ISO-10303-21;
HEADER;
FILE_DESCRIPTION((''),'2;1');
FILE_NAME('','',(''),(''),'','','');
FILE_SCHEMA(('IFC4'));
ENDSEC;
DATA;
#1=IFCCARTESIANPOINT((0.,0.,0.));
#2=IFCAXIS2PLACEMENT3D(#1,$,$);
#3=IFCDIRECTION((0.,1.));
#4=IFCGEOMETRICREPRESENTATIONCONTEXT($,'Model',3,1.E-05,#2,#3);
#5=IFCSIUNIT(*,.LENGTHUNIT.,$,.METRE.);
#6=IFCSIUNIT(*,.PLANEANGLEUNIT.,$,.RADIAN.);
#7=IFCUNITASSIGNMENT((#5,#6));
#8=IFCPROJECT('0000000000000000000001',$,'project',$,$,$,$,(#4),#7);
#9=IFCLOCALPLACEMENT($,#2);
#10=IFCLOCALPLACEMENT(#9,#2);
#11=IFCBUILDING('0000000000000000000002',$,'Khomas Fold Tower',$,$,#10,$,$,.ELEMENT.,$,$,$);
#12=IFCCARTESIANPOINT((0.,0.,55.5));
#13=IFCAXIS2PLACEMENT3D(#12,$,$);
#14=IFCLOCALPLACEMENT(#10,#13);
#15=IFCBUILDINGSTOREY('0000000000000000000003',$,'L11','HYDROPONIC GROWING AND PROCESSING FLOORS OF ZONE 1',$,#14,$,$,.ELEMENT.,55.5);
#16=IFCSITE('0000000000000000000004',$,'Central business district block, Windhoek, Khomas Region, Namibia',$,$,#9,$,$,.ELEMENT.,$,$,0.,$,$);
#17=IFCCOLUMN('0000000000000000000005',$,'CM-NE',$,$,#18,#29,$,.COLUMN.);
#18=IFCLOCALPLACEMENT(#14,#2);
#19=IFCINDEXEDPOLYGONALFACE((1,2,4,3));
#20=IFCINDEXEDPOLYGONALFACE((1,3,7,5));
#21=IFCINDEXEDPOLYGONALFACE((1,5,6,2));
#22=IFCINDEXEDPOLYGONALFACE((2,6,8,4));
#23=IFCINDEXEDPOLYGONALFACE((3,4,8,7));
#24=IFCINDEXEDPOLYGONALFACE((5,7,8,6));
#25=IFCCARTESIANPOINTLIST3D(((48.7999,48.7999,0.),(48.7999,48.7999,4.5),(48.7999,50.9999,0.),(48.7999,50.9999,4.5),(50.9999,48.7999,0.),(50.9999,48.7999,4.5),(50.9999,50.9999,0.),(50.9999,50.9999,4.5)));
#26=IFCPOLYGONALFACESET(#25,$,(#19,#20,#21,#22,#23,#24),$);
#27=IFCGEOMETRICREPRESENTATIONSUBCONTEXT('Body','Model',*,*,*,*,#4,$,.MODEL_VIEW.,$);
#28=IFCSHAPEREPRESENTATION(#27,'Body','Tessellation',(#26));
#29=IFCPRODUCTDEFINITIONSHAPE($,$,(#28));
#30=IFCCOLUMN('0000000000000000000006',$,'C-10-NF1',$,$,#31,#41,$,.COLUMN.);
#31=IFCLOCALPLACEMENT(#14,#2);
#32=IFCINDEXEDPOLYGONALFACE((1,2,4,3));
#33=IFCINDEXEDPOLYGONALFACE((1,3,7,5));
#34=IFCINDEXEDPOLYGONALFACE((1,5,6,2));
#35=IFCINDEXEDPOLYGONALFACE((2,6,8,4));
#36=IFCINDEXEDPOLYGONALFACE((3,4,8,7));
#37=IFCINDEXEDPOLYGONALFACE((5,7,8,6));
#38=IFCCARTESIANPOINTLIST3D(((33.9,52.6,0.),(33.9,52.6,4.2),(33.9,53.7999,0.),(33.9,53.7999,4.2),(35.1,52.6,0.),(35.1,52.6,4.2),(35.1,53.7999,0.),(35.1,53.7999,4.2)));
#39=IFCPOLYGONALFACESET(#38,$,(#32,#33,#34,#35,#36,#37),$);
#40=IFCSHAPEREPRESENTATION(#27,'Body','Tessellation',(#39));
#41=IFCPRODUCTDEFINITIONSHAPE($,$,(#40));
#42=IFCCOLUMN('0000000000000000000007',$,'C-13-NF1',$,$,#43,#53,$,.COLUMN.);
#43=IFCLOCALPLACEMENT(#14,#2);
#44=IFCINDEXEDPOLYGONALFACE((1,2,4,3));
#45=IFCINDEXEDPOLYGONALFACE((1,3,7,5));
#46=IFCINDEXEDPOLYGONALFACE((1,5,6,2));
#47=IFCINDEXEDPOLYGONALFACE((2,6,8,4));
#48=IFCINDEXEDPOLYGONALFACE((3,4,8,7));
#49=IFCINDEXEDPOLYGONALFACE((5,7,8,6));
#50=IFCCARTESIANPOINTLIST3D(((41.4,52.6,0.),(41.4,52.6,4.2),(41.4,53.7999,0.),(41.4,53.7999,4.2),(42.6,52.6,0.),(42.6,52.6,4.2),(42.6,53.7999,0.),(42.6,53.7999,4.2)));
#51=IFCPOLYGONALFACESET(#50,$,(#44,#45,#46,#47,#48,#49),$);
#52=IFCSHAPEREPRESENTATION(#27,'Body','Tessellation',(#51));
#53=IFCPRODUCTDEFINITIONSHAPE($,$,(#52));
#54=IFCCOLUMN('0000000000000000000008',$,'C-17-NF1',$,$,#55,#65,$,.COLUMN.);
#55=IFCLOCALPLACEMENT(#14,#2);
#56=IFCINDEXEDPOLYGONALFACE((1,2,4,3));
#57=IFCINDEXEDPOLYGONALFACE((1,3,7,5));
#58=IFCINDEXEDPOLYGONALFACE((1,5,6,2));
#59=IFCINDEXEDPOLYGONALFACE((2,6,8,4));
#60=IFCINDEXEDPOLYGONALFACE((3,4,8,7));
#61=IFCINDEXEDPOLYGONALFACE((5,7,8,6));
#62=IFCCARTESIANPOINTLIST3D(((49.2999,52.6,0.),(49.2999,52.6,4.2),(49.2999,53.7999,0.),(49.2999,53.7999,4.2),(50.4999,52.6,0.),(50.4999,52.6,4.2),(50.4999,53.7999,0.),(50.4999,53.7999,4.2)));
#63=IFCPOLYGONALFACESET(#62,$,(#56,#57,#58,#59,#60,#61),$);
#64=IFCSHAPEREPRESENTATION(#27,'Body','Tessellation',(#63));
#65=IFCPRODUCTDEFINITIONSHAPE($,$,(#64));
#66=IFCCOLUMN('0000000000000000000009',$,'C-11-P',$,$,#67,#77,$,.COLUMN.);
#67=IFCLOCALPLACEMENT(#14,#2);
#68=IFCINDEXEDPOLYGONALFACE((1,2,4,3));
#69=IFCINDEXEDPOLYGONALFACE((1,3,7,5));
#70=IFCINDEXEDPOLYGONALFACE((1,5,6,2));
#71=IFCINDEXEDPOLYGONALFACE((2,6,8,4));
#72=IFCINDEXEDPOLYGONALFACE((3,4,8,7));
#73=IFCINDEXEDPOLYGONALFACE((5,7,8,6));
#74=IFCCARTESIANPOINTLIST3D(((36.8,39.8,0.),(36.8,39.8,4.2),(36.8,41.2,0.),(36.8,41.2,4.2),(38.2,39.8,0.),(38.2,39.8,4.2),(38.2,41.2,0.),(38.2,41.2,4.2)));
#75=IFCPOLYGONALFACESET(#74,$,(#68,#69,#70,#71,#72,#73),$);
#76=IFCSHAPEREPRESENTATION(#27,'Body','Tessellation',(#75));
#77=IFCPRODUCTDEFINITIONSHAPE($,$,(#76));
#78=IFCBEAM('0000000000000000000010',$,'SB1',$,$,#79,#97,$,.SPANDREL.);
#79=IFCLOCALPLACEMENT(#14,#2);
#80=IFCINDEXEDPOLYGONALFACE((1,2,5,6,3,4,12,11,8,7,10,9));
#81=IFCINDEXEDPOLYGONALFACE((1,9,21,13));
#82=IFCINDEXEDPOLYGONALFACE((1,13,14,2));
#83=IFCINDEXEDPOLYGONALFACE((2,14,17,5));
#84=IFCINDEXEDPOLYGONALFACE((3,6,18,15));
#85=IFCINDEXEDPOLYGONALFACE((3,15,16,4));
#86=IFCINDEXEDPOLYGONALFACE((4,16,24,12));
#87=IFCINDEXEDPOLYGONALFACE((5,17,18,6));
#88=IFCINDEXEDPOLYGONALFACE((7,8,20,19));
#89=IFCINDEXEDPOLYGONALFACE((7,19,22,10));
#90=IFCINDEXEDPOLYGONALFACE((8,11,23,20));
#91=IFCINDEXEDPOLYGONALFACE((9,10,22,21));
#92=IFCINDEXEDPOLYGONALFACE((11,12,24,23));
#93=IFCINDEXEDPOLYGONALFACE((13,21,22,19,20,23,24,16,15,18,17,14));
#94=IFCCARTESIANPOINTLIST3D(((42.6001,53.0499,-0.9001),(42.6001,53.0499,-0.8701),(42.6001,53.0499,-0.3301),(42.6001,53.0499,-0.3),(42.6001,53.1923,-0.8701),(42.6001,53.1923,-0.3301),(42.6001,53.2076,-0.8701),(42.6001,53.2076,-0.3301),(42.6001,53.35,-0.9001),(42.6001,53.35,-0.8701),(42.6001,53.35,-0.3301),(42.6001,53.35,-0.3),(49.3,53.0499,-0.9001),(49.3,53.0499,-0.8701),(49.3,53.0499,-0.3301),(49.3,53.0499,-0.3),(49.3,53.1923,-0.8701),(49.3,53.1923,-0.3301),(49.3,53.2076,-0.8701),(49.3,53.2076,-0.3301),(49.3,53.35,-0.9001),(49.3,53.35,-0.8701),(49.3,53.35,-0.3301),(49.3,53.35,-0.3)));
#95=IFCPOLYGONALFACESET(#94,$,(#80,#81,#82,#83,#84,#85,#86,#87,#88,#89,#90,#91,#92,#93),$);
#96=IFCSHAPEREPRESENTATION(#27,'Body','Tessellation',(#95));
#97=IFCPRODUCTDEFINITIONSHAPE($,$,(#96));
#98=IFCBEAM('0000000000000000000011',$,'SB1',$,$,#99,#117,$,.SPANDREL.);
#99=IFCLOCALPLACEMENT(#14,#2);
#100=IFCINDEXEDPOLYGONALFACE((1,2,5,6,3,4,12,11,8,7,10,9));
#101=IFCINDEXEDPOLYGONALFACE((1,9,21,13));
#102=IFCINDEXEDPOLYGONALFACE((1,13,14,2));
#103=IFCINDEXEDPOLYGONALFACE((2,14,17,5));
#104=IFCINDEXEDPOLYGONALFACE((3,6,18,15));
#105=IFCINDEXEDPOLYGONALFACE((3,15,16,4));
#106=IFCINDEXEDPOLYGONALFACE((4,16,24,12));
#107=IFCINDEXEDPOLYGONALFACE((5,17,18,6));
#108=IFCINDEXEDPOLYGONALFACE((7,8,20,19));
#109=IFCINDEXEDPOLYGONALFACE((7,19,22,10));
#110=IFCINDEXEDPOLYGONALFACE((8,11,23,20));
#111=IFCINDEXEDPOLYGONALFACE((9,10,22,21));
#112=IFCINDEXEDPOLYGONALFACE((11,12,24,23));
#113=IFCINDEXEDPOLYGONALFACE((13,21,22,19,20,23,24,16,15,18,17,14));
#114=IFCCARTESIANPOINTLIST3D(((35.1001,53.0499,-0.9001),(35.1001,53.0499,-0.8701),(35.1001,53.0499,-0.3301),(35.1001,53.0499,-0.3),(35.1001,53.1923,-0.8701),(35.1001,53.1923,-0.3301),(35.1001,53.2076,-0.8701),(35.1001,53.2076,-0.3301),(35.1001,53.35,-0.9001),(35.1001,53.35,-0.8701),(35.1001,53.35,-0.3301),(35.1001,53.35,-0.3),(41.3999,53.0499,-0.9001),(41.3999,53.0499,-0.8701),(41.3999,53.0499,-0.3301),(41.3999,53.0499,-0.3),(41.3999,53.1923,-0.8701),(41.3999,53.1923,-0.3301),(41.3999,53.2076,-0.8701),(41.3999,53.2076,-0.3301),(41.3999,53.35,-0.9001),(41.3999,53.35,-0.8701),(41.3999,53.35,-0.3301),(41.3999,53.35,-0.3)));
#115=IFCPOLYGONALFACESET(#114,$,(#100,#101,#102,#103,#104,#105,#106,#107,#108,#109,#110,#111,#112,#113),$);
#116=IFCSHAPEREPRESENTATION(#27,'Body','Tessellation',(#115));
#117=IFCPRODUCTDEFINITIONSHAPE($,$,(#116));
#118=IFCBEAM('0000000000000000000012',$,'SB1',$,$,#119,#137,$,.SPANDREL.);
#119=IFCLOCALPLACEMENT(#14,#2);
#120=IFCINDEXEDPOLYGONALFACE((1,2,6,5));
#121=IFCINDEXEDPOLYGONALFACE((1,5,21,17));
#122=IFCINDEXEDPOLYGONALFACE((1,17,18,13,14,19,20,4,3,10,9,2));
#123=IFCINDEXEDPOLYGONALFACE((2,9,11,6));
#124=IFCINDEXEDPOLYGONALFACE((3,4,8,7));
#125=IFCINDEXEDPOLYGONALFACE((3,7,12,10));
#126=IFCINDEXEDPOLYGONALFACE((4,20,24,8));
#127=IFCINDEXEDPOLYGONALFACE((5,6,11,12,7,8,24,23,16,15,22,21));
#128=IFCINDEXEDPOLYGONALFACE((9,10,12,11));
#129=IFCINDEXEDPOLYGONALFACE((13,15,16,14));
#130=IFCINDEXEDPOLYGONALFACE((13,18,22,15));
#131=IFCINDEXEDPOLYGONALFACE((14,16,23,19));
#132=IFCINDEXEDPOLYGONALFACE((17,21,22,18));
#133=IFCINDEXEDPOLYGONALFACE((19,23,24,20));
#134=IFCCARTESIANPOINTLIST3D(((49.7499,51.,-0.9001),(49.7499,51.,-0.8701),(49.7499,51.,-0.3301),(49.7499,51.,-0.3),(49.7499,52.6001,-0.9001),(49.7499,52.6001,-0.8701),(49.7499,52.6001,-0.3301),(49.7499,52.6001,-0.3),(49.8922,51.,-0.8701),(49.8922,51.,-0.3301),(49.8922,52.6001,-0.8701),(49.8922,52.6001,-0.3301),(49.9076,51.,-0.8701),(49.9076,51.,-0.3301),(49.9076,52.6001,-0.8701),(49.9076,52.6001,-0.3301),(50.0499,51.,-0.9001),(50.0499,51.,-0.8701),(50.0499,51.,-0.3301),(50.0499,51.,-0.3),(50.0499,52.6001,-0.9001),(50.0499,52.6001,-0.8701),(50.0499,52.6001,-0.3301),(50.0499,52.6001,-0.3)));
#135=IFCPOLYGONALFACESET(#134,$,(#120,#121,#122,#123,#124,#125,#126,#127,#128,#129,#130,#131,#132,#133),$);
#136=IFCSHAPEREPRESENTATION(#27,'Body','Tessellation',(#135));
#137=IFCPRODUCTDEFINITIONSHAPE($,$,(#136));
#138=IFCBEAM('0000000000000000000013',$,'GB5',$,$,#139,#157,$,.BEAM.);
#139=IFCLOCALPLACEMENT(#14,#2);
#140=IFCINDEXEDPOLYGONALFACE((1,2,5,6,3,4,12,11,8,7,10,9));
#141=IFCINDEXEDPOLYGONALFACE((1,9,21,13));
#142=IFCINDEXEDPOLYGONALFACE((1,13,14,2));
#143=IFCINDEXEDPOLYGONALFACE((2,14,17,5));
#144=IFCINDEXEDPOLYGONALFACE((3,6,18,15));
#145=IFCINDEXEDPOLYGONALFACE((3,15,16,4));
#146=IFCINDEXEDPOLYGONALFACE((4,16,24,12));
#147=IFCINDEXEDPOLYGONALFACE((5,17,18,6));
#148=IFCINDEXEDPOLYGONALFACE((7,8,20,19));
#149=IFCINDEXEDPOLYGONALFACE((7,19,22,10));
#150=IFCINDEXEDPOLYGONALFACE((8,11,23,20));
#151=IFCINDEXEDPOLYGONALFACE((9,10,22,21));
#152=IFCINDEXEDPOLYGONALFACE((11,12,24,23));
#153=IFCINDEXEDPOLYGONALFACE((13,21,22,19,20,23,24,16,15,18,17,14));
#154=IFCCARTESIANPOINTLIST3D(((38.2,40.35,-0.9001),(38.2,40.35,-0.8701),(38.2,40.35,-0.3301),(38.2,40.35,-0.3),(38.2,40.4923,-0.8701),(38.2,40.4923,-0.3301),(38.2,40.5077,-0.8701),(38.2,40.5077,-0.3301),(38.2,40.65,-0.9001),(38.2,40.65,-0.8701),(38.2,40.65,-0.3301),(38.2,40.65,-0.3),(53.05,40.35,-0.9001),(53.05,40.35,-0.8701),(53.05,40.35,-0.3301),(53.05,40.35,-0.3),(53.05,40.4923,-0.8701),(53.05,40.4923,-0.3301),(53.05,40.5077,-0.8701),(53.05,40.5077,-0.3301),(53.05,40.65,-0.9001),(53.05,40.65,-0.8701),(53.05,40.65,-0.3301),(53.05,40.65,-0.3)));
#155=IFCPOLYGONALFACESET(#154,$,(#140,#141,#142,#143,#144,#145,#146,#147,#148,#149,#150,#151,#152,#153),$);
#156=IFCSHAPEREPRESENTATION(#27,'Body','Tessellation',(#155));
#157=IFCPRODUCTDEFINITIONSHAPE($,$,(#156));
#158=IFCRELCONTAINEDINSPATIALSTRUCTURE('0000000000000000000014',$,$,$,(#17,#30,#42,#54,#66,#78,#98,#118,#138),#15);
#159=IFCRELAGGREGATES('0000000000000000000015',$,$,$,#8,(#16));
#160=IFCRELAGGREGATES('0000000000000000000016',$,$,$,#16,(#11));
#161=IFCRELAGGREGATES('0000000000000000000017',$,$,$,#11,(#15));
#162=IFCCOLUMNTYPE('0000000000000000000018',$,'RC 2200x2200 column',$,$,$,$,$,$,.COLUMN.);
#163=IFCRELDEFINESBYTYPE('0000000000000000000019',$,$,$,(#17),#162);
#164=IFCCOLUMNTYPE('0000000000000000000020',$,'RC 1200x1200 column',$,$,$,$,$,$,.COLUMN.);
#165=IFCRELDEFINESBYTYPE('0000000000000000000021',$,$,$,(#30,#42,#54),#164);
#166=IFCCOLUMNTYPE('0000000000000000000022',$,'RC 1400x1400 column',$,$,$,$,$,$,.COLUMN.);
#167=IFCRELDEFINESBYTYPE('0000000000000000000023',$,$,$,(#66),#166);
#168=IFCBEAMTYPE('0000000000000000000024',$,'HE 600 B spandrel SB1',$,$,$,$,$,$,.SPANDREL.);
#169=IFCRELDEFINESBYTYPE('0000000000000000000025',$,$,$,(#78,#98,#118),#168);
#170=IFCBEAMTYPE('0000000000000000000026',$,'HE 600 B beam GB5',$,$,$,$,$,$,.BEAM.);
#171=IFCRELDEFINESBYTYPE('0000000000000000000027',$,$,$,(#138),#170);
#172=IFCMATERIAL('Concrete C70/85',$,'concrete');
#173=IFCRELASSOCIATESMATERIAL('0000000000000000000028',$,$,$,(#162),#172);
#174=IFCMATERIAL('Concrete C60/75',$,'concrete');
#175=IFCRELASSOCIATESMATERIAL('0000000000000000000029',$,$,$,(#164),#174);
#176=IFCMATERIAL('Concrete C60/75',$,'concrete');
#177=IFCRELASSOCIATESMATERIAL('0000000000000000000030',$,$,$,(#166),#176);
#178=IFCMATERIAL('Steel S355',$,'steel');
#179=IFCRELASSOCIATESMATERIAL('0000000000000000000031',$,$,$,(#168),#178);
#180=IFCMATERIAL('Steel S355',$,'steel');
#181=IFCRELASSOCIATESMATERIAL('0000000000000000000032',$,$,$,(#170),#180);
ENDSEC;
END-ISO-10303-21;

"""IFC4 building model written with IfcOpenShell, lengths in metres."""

from ifc_helpers import new_model, si_unit, direction, frame, origin, origin_2d, place, context, subcontext, project, spatial, rectangle, i_section, extrude, source, transform, mapped, material, material_profile, profile_set, type_object, element, save


model = new_model("IFC4")

# Units and contexts
model_context = context("Model", 3, precision=1e-05, world=origin(), true_north=direction((0.0, 1.0)))
body_context = subcontext(model_context, "Body", "Model", "MODEL_VIEW")
ifc_project = project(units=[si_unit("LENGTHUNIT", "METRE"), si_unit("PLANEANGLEUNIT", "RADIAN")], contexts=[model_context])

# Site, building, storey
site_placement = place(None, origin())
site = spatial("IfcSite", under=ifc_project, at=site_placement, Name="Central business district block, Windhoek, Khomas Region, Namibia", CompositionType="ELEMENT", RefElevation=0.0)
building_placement = place(site_placement, origin())
building = spatial("IfcBuilding", under=site, at=building_placement, Name="Khomas Fold Tower", CompositionType="ELEMENT")
storey_placement = place(building_placement, frame((0.0, 0.0, 55.5)))
storey = spatial("IfcBuildingStorey", under=building, at=storey_placement, Name="L11", Description="HYDROPONIC GROWING AND PROCESSING FLOORS OF ZONE 1", CompositionType="ELEMENT", Elevation=55.5)

# Columns
ifc_material_1 = material(Name="Concrete C70/85", Category="concrete")
ifc_material_profile_1 = material_profile(ifc_material_1, rectangle(XDim=2.2, YDim=2.2, at=origin_2d()), Name="RC 2200x2200")
ifc_profile_set_1 = profile_set([ifc_material_profile_1], Name="Concrete C70/85")
column_type_1 = type_object("IfcColumnType", Name="RC 2200x2200 column", PredefinedType="COLUMN", material=ifc_profile_set_1)
shared_shape_1 = source(origin(), body_context, "Body", "SweptSolid", [
    extrude(rectangle(XDim=2.2, YDim=2.2, at=origin_2d()), origin(), (0.0, 0.0, 1.0), 4.5),
])
column_1_placement = place(storey_placement, frame((49.8999, 49.8999, 0.0), z_axis=(0.0, 0.0, 1.0), x_axis=(1.0, 0.0, 0.0)))
element("IfcColumn", 1, at=column_1_placement, inside=storey, type_object=column_type_1, Name="CM-NE", PredefinedType="COLUMN", context=body_context, shape_type="MappedRepresentation", body=[
    mapped(shared_shape_1, transform((0.0, 0.0, 0.0))),
])
ifc_material_2 = material(Name="Concrete C60/75", Category="concrete")
ifc_material_profile_2 = material_profile(ifc_material_2, rectangle(XDim=1.2, YDim=1.2, at=origin_2d()), Name="RC 1200x1200")
ifc_profile_set_2 = profile_set([ifc_material_profile_2], Name="Concrete C60/75")
column_type_2 = type_object("IfcColumnType", Name="RC 1200x1200 column", PredefinedType="COLUMN", material=ifc_profile_set_2)
shared_shape_2 = source(origin(), body_context, "Body", "SweptSolid", [
    extrude(rectangle(XDim=1.2, YDim=1.2, at=origin_2d()), origin(), (0.0, 0.0, 1.0), 4.2),
])
for number, where, z_axis, x_axis, name in (
    (2, (34.5, 53.2, 0.0), (0.0, 0.0, 1.0), (1.0, 0.0, 0.0), "C-10-NF1"),
    (3, (42.0, 53.2, 0.0), (0.0, 0.0, 1.0), (1.0, 0.0, 0.0), "C-13-NF1"),
    (4, (49.8999, 53.2, 0.0), (0.0, 0.0, 1.0), (1.0, 0.0, 0.0), "C-17-NF1"),
):
    element("IfcColumn", number, at=place(storey_placement, frame(where, z_axis=z_axis, x_axis=x_axis)), inside=storey, type_object=column_type_2, Name=name, PredefinedType="COLUMN", context=body_context, shape_type="MappedRepresentation", body=[
        mapped(shared_shape_2, transform((0.0, 0.0, 0.0))),
    ])
ifc_material_3 = material(Name="Concrete C60/75", Category="concrete")
ifc_material_profile_3 = material_profile(ifc_material_3, rectangle(XDim=1.3999, YDim=1.3999, at=origin_2d()), Name="RC 1400x1400")
ifc_profile_set_3 = profile_set([ifc_material_profile_3], Name="Concrete C60/75")
column_type_3 = type_object("IfcColumnType", Name="RC 1400x1400 column", PredefinedType="COLUMN", material=ifc_profile_set_3)
shared_shape_3 = source(origin(), body_context, "Body", "SweptSolid", [
    extrude(rectangle(XDim=1.3999, YDim=1.3999, at=origin_2d()), origin(), (0.0, 0.0, 1.0), 4.2),
])
column_2_placement = place(storey_placement, frame((37.5, 40.5, 0.0), z_axis=(0.0, 0.0, 1.0), x_axis=(1.0, 0.0, 0.0)))
element("IfcColumn", 5, at=column_2_placement, inside=storey, type_object=column_type_3, Name="C-11-P", PredefinedType="COLUMN", context=body_context, shape_type="MappedRepresentation", body=[
    mapped(shared_shape_3, transform((0.0, 0.0, 0.0))),
])

# Beams
ifc_material_4 = material(Name="Steel S355", Category="steel")
ifc_material_profile_4 = material_profile(ifc_material_4, i_section(OverallWidth=0.3, OverallDepth=0.6001, WebThickness=0.0154, FlangeThickness=0.03, at=origin_2d()), Name="HE 600 B")
ifc_profile_set_4 = profile_set([ifc_material_profile_4], Name="Steel S355")
beam_type_1 = type_object("IfcBeamType", Name="HE 600 B spandrel SB1", PredefinedType="SPANDREL", material=ifc_profile_set_4)
shared_shape_4 = source(origin(), body_context, "Body", "SweptSolid", [
    extrude(i_section(OverallWidth=0.3, OverallDepth=0.6001, WebThickness=0.0154, FlangeThickness=0.03, at=origin_2d()), origin(), (0.0, 0.0, 1.0), 6.7),
])
beam_1_placement = place(storey_placement, frame((42.6001, 53.2, -0.6001), z_axis=(1.0, 0.0, 0.0), x_axis=(0.0, 1.0, 0.0)))
element("IfcBeam", 6, at=beam_1_placement, inside=storey, type_object=beam_type_1, Name="SB1", PredefinedType="SPANDREL", context=body_context, shape_type="MappedRepresentation", body=[
    mapped(shared_shape_4, transform((0.0, 0.0, 0.0))),
])
shared_shape_5 = source(origin(), body_context, "Body", "SweptSolid", [
    extrude(i_section(OverallWidth=0.3, OverallDepth=0.6001, WebThickness=0.0154, FlangeThickness=0.03, at=origin_2d()), origin(), (0.0, 0.0, 1.0), 6.2998),
])
beam_2_placement = place(storey_placement, frame((35.1001, 53.2, -0.6001), z_axis=(1.0, 0.0, 0.0), x_axis=(0.0, 1.0, 0.0)))
element("IfcBeam", 7, at=beam_2_placement, inside=storey, type_object=beam_type_1, Name="SB1", PredefinedType="SPANDREL", context=body_context, shape_type="MappedRepresentation", body=[
    mapped(shared_shape_5, transform((0.0, 0.0, 0.0))),
])
shared_shape_6 = source(origin(), body_context, "Body", "SweptSolid", [
    extrude(i_section(OverallWidth=0.3, OverallDepth=0.6001, WebThickness=0.0154, FlangeThickness=0.03, at=origin_2d()), origin(), (0.0, 0.0, 1.0), 1.6001),
])
beam_3_placement = place(storey_placement, frame((49.8999, 51.0, -0.6001), z_axis=(0.0, 1.0, 0.0), x_axis=(-1.0, 0.0, 0.0)))
element("IfcBeam", 8, at=beam_3_placement, inside=storey, type_object=beam_type_1, Name="SB1", PredefinedType="SPANDREL", context=body_context, shape_type="MappedRepresentation", body=[
    mapped(shared_shape_6, transform((0.0, 0.0, 0.0))),
])
ifc_material_5 = material(Name="Steel S355", Category="steel")
ifc_material_profile_5 = material_profile(ifc_material_5, i_section(OverallWidth=0.3, OverallDepth=0.6001, WebThickness=0.0154, FlangeThickness=0.03, at=origin_2d()), Name="HE 600 B")
ifc_profile_set_5 = profile_set([ifc_material_profile_5], Name="Steel S355")
beam_type_2 = type_object("IfcBeamType", Name="HE 600 B beam GB5", PredefinedType="BEAM", material=ifc_profile_set_5)
shared_shape_7 = source(origin(), body_context, "Body", "SweptSolid", [
    extrude(i_section(OverallWidth=0.3, OverallDepth=0.6001, WebThickness=0.0154, FlangeThickness=0.03, at=origin_2d()), origin(), (0.0, 0.0, 1.0), 14.8501),
])
beam_4_placement = place(storey_placement, frame((38.2, 40.5, -0.6001), z_axis=(1.0, 0.0, 0.0), x_axis=(0.0, 1.0, 0.0)))
element("IfcBeam", 9, at=beam_4_placement, inside=storey, type_object=beam_type_2, Name="GB5", PredefinedType="BEAM", context=body_context, shape_type="MappedRepresentation", body=[
    mapped(shared_shape_7, transform((0.0, 0.0, 0.0))),
])

save(model, "model.ifc")
